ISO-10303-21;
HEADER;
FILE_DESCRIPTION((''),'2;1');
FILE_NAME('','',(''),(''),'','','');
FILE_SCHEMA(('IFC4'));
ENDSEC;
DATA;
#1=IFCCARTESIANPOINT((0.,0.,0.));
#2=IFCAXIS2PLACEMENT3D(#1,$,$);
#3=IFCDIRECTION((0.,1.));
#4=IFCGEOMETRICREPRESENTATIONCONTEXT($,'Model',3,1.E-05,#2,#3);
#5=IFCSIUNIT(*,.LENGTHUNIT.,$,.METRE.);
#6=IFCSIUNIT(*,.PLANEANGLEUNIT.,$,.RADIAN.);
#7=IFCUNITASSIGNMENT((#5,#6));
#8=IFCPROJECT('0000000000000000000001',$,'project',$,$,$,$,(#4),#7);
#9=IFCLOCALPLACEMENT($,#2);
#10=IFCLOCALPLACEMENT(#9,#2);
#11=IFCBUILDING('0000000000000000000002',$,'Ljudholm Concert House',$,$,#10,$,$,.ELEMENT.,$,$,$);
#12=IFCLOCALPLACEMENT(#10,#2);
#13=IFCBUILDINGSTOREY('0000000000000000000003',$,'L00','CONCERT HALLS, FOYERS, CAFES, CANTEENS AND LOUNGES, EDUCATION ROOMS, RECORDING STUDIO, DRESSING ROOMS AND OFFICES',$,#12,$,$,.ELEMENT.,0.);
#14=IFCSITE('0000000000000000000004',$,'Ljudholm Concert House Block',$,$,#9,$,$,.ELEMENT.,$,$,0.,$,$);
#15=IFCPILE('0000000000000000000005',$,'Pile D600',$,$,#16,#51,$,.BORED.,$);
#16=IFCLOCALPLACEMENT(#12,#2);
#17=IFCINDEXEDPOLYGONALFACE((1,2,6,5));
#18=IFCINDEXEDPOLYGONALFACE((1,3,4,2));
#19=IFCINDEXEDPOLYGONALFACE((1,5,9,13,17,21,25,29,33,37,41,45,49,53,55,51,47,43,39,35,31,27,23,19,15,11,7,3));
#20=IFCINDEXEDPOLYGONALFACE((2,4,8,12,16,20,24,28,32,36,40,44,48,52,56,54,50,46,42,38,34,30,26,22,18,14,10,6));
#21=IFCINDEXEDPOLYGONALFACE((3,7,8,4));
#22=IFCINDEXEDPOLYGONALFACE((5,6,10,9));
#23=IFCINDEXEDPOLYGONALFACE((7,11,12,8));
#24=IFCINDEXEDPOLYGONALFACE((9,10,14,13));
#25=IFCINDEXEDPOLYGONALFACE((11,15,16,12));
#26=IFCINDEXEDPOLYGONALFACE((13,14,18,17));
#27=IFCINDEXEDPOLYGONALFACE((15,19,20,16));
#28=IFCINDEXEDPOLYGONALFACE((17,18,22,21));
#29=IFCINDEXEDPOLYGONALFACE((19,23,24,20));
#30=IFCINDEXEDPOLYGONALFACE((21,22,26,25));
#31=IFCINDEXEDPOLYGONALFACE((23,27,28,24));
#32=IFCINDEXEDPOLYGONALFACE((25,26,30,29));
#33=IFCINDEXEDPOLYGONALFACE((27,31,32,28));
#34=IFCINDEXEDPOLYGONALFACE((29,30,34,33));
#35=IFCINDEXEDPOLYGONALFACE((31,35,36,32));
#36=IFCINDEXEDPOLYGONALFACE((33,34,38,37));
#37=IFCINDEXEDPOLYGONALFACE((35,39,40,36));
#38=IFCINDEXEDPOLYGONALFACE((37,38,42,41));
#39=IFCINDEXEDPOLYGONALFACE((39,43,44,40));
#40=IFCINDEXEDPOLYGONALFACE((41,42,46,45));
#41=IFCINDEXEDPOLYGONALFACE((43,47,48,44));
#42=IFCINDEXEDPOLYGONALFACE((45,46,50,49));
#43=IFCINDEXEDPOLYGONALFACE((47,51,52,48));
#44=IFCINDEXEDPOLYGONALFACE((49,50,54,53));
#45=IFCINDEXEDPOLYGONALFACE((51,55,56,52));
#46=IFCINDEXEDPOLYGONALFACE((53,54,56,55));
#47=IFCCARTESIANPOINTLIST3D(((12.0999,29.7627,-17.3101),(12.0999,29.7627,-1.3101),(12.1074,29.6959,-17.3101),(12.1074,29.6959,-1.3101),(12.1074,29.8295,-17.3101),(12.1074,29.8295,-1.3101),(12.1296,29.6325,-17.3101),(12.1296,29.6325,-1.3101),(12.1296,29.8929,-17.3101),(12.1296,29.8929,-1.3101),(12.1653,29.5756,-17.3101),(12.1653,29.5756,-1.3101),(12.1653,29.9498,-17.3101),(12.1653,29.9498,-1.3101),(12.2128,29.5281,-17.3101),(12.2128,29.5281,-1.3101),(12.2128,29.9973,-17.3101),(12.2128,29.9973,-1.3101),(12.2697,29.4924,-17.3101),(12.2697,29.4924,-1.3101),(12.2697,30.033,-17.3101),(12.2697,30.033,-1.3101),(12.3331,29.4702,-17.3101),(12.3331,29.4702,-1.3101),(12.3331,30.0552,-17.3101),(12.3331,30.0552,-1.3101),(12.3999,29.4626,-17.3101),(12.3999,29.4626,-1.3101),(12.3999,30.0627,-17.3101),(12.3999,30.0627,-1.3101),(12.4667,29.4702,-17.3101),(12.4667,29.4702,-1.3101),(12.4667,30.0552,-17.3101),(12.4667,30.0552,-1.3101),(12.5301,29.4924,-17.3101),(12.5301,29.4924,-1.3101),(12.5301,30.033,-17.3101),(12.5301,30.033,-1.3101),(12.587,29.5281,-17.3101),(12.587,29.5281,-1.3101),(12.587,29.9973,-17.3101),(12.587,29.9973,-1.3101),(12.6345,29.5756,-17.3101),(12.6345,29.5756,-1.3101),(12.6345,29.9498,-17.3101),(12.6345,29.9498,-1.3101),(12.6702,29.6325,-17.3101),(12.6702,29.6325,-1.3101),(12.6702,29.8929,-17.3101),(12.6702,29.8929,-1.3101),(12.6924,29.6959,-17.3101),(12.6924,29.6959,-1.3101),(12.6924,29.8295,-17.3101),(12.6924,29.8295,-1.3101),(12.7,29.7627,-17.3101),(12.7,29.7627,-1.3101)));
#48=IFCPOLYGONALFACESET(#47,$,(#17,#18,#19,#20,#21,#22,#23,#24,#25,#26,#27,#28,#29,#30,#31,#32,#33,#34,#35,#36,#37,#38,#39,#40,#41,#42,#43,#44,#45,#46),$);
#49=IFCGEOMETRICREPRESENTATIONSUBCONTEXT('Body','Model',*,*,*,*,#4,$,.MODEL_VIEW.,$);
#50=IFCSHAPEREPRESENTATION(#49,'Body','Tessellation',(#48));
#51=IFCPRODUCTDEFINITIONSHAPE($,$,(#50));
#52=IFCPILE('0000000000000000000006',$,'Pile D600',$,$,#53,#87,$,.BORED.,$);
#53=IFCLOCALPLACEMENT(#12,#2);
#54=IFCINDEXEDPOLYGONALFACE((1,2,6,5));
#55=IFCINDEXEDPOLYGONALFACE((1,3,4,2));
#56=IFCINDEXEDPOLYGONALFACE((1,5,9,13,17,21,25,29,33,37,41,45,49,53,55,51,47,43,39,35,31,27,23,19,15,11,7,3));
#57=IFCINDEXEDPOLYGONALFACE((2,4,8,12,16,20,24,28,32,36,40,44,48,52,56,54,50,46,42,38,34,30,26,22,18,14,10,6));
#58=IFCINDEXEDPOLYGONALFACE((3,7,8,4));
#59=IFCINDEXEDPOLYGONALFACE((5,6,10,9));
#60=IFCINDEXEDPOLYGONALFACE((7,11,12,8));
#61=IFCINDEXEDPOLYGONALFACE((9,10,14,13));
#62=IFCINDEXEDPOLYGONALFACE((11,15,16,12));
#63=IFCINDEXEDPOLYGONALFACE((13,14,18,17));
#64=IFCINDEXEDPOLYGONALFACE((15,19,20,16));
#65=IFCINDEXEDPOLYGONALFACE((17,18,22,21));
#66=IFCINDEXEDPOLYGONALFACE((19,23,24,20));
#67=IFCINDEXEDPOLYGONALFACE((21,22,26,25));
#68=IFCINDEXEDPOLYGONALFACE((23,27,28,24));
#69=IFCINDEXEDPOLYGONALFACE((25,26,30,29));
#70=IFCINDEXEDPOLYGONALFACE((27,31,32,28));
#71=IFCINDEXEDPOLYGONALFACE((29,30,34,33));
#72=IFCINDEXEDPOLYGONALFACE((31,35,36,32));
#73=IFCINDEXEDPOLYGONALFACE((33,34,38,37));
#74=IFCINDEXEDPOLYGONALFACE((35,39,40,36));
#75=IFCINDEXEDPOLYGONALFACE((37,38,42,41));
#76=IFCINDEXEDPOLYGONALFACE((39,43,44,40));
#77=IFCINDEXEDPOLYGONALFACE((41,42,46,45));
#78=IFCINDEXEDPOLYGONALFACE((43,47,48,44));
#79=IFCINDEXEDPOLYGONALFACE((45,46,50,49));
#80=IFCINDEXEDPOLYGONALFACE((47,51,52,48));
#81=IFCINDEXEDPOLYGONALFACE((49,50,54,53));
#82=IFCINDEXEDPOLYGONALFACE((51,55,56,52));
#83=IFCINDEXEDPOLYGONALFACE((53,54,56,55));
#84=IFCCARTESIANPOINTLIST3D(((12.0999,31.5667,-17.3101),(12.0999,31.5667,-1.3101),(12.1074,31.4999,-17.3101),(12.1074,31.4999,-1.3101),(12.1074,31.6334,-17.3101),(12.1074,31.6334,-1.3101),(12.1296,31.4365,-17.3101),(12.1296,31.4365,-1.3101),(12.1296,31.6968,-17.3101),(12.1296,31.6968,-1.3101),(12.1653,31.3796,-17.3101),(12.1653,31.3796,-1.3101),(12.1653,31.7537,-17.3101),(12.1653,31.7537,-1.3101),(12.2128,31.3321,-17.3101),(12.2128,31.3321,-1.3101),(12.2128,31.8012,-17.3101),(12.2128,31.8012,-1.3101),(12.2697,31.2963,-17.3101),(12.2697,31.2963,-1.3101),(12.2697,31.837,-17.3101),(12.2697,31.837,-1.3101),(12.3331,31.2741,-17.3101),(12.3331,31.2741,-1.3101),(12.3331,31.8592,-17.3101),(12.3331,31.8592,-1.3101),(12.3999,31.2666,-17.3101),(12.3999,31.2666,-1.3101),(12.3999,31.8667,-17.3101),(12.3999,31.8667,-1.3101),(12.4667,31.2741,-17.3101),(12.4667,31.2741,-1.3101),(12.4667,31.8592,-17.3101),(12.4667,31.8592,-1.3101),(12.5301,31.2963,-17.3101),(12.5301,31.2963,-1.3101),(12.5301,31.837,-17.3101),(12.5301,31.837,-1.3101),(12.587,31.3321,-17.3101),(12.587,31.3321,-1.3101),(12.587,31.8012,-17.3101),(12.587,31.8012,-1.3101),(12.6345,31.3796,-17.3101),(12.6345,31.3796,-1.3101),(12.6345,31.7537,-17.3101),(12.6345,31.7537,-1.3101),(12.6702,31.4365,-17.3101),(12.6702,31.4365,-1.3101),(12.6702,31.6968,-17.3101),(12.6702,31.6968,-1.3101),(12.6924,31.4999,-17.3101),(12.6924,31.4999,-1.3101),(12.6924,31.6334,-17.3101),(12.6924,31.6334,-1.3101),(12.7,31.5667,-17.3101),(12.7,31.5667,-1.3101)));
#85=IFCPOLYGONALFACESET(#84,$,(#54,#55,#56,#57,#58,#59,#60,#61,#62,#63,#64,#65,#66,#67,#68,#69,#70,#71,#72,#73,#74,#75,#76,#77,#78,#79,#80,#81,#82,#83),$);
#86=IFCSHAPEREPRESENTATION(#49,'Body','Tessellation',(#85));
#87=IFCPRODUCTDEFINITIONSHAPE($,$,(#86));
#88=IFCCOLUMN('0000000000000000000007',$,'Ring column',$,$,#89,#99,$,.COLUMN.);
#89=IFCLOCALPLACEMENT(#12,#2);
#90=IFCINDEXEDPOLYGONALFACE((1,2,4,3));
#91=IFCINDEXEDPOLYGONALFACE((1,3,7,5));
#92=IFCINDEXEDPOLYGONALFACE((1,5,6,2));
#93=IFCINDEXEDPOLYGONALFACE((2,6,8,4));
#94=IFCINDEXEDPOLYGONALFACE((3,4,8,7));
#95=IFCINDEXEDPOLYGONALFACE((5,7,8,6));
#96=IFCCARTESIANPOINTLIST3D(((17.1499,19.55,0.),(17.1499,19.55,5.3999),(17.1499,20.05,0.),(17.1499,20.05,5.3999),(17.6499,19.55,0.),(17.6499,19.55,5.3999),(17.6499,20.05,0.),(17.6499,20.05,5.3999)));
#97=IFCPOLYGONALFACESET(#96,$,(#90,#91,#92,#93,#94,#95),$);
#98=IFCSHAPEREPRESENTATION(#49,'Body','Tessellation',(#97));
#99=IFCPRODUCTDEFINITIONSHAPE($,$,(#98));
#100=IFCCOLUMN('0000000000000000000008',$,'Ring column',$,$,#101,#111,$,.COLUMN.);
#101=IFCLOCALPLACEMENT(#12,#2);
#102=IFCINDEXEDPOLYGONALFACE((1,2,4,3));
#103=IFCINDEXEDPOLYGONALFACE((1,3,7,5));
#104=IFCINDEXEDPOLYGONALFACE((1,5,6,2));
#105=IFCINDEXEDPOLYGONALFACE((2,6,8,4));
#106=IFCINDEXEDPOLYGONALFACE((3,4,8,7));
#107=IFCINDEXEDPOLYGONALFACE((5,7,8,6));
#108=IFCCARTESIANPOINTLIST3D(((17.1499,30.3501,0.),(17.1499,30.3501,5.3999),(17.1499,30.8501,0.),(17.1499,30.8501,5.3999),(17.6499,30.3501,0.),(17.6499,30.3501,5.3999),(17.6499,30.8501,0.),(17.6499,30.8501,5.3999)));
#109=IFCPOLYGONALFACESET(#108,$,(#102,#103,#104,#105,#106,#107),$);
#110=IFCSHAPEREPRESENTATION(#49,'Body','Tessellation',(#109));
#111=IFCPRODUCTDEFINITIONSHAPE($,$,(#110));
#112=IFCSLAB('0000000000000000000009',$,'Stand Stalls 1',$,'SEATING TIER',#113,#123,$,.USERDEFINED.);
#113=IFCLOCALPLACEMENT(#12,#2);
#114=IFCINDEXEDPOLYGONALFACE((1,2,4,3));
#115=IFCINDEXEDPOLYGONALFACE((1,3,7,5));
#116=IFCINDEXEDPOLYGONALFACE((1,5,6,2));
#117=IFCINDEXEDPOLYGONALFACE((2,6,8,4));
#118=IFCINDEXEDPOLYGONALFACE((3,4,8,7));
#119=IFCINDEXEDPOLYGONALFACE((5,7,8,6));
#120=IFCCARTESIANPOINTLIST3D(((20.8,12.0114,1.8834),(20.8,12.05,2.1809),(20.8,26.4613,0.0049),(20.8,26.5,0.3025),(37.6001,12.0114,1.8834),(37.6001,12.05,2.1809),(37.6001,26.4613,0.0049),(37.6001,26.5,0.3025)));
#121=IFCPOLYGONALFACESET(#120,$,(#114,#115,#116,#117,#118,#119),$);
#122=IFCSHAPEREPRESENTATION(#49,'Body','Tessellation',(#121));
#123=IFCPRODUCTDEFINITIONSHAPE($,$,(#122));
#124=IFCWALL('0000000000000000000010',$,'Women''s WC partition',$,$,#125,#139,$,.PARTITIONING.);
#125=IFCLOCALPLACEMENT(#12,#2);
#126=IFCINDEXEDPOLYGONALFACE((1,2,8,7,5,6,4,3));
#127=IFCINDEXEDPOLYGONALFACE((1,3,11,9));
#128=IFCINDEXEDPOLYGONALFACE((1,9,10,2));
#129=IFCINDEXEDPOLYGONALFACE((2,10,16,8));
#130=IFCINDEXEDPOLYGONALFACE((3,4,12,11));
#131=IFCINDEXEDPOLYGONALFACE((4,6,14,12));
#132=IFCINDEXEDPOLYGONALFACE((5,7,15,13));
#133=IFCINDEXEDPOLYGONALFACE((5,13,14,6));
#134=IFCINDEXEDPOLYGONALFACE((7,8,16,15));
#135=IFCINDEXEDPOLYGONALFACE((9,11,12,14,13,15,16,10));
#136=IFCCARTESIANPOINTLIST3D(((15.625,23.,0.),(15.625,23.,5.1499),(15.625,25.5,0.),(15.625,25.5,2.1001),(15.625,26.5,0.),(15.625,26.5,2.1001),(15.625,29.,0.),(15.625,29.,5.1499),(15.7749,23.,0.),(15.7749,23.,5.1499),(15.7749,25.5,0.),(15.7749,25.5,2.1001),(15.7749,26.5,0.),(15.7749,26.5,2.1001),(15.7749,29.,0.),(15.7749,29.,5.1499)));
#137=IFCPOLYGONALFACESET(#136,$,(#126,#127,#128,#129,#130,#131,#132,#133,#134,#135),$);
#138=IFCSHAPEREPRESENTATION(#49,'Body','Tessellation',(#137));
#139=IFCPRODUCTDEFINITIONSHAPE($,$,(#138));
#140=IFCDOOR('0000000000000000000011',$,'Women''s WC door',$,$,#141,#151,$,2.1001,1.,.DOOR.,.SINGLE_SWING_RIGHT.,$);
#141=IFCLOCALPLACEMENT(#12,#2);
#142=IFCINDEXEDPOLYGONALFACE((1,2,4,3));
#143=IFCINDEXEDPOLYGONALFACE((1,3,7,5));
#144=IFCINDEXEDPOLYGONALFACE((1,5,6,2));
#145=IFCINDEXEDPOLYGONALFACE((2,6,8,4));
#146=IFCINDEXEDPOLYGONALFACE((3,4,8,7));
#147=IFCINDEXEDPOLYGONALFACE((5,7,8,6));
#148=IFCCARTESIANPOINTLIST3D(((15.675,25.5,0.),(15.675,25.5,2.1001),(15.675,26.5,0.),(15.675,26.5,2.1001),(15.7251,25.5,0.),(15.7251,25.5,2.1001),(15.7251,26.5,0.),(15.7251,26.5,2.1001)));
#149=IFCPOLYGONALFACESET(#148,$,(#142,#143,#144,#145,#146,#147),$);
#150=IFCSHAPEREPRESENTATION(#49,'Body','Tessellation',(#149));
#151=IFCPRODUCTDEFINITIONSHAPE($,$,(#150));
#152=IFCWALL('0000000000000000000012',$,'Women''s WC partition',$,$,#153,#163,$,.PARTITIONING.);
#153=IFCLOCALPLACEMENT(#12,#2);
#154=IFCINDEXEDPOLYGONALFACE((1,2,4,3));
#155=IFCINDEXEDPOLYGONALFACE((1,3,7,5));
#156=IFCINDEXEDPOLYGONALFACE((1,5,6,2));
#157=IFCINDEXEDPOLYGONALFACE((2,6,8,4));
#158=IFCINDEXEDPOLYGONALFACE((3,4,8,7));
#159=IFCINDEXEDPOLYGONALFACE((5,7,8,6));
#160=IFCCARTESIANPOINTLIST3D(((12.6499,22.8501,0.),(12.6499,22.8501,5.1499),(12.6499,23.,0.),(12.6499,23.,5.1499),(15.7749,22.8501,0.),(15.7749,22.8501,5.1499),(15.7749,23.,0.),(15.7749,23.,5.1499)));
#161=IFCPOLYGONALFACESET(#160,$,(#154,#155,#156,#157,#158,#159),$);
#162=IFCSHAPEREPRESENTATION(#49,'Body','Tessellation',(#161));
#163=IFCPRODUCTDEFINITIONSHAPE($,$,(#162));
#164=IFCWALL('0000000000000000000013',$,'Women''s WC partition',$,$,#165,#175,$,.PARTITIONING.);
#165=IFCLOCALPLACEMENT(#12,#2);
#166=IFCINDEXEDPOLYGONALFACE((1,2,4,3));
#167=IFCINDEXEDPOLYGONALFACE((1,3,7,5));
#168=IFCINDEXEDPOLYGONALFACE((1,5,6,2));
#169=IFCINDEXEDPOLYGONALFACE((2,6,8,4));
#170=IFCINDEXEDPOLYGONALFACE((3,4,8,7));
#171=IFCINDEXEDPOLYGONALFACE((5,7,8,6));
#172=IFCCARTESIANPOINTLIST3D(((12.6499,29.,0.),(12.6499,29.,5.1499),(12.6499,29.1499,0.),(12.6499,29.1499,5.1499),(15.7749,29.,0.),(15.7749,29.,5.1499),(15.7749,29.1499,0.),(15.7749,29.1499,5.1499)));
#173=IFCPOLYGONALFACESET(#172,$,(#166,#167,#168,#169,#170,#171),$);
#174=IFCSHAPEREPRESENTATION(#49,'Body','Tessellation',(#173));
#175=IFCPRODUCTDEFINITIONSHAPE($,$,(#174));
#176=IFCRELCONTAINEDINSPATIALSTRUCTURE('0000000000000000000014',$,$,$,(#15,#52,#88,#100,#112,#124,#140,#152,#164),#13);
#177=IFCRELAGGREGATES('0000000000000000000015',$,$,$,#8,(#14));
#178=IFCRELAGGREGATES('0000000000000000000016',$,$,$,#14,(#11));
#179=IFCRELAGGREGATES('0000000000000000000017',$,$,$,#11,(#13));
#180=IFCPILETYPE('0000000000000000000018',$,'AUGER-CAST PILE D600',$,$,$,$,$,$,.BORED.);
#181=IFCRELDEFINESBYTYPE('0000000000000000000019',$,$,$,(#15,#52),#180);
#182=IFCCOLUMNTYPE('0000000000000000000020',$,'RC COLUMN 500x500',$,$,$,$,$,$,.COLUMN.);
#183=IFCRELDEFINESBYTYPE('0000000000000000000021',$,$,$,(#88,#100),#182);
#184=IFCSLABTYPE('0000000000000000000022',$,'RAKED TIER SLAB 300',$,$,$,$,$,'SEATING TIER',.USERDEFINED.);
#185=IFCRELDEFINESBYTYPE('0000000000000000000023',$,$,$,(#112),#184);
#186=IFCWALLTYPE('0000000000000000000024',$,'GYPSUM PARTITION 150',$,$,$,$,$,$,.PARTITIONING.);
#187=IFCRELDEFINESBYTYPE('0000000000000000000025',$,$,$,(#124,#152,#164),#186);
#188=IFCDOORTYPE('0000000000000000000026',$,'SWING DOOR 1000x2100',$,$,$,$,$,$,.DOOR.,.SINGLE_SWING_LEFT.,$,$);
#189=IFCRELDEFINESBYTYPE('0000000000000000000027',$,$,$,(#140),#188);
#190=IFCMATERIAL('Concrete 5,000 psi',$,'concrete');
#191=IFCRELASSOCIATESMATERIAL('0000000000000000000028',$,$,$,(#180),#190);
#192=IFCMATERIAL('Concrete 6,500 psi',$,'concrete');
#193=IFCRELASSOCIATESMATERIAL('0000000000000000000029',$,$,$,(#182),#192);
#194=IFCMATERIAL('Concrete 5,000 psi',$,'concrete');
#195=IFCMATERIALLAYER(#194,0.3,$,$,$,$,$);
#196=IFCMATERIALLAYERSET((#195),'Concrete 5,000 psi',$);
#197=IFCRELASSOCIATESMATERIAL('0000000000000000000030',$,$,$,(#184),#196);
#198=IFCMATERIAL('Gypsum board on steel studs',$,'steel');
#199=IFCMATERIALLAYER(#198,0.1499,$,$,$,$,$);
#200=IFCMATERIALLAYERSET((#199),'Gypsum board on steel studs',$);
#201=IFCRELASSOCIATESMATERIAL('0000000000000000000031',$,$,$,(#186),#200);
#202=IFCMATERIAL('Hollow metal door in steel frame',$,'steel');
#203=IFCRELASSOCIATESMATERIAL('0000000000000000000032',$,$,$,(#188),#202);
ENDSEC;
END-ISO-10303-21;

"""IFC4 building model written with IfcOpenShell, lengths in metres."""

from ifc_helpers import new_model, si_unit, direction, frame, frame_2d, origin, origin_2d, place, context, subcontext, project, spatial, polyline, rectangle, circle, outline, extrude, material, layer, layer_set, material_profile, profile_set, type_object, element, fill, save


model = new_model("IFC4")

# Units and contexts
model_context = context("Model", 3, precision=1e-05, world=origin(), true_north=direction((0.0, 1.0)))
body_context = subcontext(model_context, "Body", "Model", "MODEL_VIEW")
ifc_project = project(units=[si_unit("LENGTHUNIT", "METRE"), si_unit("PLANEANGLEUNIT", "RADIAN")], contexts=[model_context])

# Site, building, storey
site_placement = place(None, origin())
site = spatial("IfcSite", under=ifc_project, at=site_placement, Name="Ljudholm Concert House Block", CompositionType="ELEMENT", RefElevation=0.0)
building_placement = place(site_placement, origin())
building = spatial("IfcBuilding", under=site, at=building_placement, Name="Ljudholm Concert House", CompositionType="ELEMENT")
storey_placement = place(building_placement, origin())
storey = spatial("IfcBuildingStorey", under=building, at=storey_placement, Name="L00", Description="CONCERT HALLS, FOYERS, CAFES, CANTEENS AND LOUNGES, EDUCATION ROOMS, RECORDING STUDIO, DRESSING ROOMS AND OFFICES", CompositionType="ELEMENT", Elevation=0.0)

# Piles
ifc_material_1 = material(Name="Concrete 5,000 psi", Category="concrete")
ifc_material_profile_1 = material_profile(ifc_material_1, circle(Radius=0.3, at=origin_2d()), Name="AUGER-CAST PILE D600")
ifc_profile_set_1 = profile_set([ifc_material_profile_1], Name="Concrete 5,000 psi")
pile_type = type_object("IfcPileType", Name="AUGER-CAST PILE D600", PredefinedType="BORED", material=ifc_profile_set_1)
for number, where, z_axis, x_axis, name in (
    (1, (12.3999, 29.7627, -1.3101), (0.0, 0.0, -1.0), (1.0, 0.0, 0.0), "Pile D600"),
    (2, (12.3999, 31.5667, -1.3101), (0.0, 0.0, -1.0), (1.0, 0.0, 0.0), "Pile D600"),
):
    element("IfcPile", number, at=place(storey_placement, frame(where, z_axis=z_axis, x_axis=x_axis)), inside=storey, type_object=pile_type, Name=name, PredefinedType="BORED", context=body_context, shape_type="SweptSolid", body=[
        extrude(circle(Radius=0.3, at=origin_2d()), origin(), (0.0, 0.0, 1.0), 16.0),
    ])

# Columns
ifc_material_2 = material(Name="Concrete 6,500 psi", Category="concrete")
ifc_material_profile_2 = material_profile(ifc_material_2, rectangle(XDim=0.5, YDim=0.5, at=origin_2d()), Name="RC COLUMN 500x500")
ifc_profile_set_2 = profile_set([ifc_material_profile_2], Name="Concrete 6,500 psi")
column_type = type_object("IfcColumnType", Name="RC COLUMN 500x500", PredefinedType="COLUMN", material=ifc_profile_set_2)
for number, where, z_axis, x_axis, name in (
    (3, (17.3999, 19.8, 0.0), (0.0, 0.0, 1.0), (1.0, 0.0, 0.0), "Ring column"),
    (4, (17.3999, 30.6001, 0.0), (0.0, 0.0, 1.0), (1.0, 0.0, 0.0), "Ring column"),
):
    element("IfcColumn", number, at=place(storey_placement, frame(where, z_axis=z_axis, x_axis=x_axis)), inside=storey, type_object=column_type, Name=name, PredefinedType="COLUMN", context=body_context, shape_type="SweptSolid", body=[
        extrude(rectangle(XDim=0.5, YDim=0.5, at=origin_2d()), origin(), (0.0, 0.0, 1.0), 5.3999),
    ])

# Slab
ifc_material_3 = material(Name="Concrete 5,000 psi", Category="concrete")
ifc_layer_1 = layer(ifc_material_3, 0.3)
ifc_layer_set_1 = layer_set([ifc_layer_1], Name="Concrete 5,000 psi")
slab_type = type_object("IfcSlabType", Name="RAKED TIER SLAB 300", ElementType="SEATING TIER", PredefinedType="USERDEFINED", material=ifc_layer_set_1)
slab_placement = place(storey_placement, frame((20.8, 26.5, 0.3025), z_axis=(0.0, 0.12891, 0.991656), x_axis=(1.0, 0.0, 0.0)))
element("IfcSlab", 5, at=slab_placement, inside=storey, type_object=slab_type, Name="Stand Stalls 1", ObjectType="SEATING TIER", PredefinedType="USERDEFINED", context=body_context, shape_type="SweptSolid", body=[
    extrude(outline(polyline([(0.0, 0.0), (16.8, 0.0), (16.8, -14.5715), (0.0, -14.5715), (0.0, 0.0)])), origin(), (0.0, 0.0, -1.0), 0.3),
])

# Wall, opening, door
ifc_material_4 = material(Name="Gypsum board on steel studs", Category="steel")
ifc_layer_2 = layer(ifc_material_4, 0.1499)
ifc_layer_set_2 = layer_set([ifc_layer_2], Name="Gypsum board on steel studs")
wall_type_1 = type_object("IfcWallType", Name="GYPSUM PARTITION 150", PredefinedType="PARTITIONING", material=ifc_layer_set_2)
wall_1_placement = place(storey_placement, frame((15.7, 23.0, 0.0), z_axis=(0.0, 0.0, 1.0), x_axis=(0.0, 1.0, 0.0)))
wall_1 = element("IfcWall", 6, at=wall_1_placement, inside=storey, type_object=wall_type_1, Name="Women's WC partition", PredefinedType="PARTITIONING", context=body_context, shape_type="SweptSolid", body=[
    extrude(rectangle(XDim=6.0, YDim=0.1499, at=frame_2d((3.0, 0.0))), origin(), (0.0, 0.0, 1.0), 5.1499),
])
opening_1_placement = place(wall_1_placement, frame((2.5, 0.0, 0.0)))
opening_1 = element("IfcOpeningElement", 7, at=opening_1_placement, cuts=wall_1, PredefinedType="OPENING", context=body_context, shape_type="SweptSolid", body=[
    extrude(rectangle(XDim=1.0, YDim=2.1001, at=frame_2d((0.5, 1.05))), frame((0.0, 0.085, 0.0), z_axis=(0.0, -1.0, 0.0), x_axis=(1.0, 0.0, 0.0)), (0.0, 0.0, 1.0), 0.1699),
])
ifc_material_5 = material(Name="Hollow metal door in steel frame", Category="steel")
door_type = type_object("IfcDoorType", Name="SWING DOOR 1000x2100", OperationType="SINGLE_SWING_LEFT", PredefinedType="DOOR", material=ifc_material_5)
door_1_placement = place(opening_1_placement, origin())
door_1 = element("IfcDoor", 8, at=door_1_placement, inside=storey, type_object=door_type, Name="Women's WC door", OperationType="SINGLE_SWING_RIGHT", OverallHeight=2.1001, OverallWidth=1.0, PredefinedType="DOOR", context=body_context, shape_type="SweptSolid", body=[
    extrude(rectangle(XDim=1.0, YDim=2.1001, at=frame_2d((0.5, 1.05))), frame((0.0, 0.0249, 0.0), z_axis=(0.0, -1.0, 0.0), x_axis=(1.0, 0.0, 0.0)), (0.0, 0.0, 1.0), 0.05),
])
fill(opening_1, door_1)

# Walls
for number, where, z_axis, x_axis, name in (
    (9, (12.6499, 22.925, 0.0), (0.0, 0.0, 1.0), (1.0, 0.0, 0.0), "Women's WC partition"),
    (10, (12.6499, 29.075, 0.0), (0.0, 0.0, 1.0), (1.0, 0.0, 0.0), "Women's WC partition"),
):
    element("IfcWall", number, at=place(storey_placement, frame(where, z_axis=z_axis, x_axis=x_axis)), inside=storey, type_object=wall_type_1, Name=name, PredefinedType="PARTITIONING", context=body_context, shape_type="SweptSolid", body=[
        extrude(rectangle(XDim=3.125, YDim=0.1499, at=frame_2d((1.5625, 0.0))), origin(), (0.0, 0.0, 1.0), 5.1499),
    ])

save(model, "model.ifc")
